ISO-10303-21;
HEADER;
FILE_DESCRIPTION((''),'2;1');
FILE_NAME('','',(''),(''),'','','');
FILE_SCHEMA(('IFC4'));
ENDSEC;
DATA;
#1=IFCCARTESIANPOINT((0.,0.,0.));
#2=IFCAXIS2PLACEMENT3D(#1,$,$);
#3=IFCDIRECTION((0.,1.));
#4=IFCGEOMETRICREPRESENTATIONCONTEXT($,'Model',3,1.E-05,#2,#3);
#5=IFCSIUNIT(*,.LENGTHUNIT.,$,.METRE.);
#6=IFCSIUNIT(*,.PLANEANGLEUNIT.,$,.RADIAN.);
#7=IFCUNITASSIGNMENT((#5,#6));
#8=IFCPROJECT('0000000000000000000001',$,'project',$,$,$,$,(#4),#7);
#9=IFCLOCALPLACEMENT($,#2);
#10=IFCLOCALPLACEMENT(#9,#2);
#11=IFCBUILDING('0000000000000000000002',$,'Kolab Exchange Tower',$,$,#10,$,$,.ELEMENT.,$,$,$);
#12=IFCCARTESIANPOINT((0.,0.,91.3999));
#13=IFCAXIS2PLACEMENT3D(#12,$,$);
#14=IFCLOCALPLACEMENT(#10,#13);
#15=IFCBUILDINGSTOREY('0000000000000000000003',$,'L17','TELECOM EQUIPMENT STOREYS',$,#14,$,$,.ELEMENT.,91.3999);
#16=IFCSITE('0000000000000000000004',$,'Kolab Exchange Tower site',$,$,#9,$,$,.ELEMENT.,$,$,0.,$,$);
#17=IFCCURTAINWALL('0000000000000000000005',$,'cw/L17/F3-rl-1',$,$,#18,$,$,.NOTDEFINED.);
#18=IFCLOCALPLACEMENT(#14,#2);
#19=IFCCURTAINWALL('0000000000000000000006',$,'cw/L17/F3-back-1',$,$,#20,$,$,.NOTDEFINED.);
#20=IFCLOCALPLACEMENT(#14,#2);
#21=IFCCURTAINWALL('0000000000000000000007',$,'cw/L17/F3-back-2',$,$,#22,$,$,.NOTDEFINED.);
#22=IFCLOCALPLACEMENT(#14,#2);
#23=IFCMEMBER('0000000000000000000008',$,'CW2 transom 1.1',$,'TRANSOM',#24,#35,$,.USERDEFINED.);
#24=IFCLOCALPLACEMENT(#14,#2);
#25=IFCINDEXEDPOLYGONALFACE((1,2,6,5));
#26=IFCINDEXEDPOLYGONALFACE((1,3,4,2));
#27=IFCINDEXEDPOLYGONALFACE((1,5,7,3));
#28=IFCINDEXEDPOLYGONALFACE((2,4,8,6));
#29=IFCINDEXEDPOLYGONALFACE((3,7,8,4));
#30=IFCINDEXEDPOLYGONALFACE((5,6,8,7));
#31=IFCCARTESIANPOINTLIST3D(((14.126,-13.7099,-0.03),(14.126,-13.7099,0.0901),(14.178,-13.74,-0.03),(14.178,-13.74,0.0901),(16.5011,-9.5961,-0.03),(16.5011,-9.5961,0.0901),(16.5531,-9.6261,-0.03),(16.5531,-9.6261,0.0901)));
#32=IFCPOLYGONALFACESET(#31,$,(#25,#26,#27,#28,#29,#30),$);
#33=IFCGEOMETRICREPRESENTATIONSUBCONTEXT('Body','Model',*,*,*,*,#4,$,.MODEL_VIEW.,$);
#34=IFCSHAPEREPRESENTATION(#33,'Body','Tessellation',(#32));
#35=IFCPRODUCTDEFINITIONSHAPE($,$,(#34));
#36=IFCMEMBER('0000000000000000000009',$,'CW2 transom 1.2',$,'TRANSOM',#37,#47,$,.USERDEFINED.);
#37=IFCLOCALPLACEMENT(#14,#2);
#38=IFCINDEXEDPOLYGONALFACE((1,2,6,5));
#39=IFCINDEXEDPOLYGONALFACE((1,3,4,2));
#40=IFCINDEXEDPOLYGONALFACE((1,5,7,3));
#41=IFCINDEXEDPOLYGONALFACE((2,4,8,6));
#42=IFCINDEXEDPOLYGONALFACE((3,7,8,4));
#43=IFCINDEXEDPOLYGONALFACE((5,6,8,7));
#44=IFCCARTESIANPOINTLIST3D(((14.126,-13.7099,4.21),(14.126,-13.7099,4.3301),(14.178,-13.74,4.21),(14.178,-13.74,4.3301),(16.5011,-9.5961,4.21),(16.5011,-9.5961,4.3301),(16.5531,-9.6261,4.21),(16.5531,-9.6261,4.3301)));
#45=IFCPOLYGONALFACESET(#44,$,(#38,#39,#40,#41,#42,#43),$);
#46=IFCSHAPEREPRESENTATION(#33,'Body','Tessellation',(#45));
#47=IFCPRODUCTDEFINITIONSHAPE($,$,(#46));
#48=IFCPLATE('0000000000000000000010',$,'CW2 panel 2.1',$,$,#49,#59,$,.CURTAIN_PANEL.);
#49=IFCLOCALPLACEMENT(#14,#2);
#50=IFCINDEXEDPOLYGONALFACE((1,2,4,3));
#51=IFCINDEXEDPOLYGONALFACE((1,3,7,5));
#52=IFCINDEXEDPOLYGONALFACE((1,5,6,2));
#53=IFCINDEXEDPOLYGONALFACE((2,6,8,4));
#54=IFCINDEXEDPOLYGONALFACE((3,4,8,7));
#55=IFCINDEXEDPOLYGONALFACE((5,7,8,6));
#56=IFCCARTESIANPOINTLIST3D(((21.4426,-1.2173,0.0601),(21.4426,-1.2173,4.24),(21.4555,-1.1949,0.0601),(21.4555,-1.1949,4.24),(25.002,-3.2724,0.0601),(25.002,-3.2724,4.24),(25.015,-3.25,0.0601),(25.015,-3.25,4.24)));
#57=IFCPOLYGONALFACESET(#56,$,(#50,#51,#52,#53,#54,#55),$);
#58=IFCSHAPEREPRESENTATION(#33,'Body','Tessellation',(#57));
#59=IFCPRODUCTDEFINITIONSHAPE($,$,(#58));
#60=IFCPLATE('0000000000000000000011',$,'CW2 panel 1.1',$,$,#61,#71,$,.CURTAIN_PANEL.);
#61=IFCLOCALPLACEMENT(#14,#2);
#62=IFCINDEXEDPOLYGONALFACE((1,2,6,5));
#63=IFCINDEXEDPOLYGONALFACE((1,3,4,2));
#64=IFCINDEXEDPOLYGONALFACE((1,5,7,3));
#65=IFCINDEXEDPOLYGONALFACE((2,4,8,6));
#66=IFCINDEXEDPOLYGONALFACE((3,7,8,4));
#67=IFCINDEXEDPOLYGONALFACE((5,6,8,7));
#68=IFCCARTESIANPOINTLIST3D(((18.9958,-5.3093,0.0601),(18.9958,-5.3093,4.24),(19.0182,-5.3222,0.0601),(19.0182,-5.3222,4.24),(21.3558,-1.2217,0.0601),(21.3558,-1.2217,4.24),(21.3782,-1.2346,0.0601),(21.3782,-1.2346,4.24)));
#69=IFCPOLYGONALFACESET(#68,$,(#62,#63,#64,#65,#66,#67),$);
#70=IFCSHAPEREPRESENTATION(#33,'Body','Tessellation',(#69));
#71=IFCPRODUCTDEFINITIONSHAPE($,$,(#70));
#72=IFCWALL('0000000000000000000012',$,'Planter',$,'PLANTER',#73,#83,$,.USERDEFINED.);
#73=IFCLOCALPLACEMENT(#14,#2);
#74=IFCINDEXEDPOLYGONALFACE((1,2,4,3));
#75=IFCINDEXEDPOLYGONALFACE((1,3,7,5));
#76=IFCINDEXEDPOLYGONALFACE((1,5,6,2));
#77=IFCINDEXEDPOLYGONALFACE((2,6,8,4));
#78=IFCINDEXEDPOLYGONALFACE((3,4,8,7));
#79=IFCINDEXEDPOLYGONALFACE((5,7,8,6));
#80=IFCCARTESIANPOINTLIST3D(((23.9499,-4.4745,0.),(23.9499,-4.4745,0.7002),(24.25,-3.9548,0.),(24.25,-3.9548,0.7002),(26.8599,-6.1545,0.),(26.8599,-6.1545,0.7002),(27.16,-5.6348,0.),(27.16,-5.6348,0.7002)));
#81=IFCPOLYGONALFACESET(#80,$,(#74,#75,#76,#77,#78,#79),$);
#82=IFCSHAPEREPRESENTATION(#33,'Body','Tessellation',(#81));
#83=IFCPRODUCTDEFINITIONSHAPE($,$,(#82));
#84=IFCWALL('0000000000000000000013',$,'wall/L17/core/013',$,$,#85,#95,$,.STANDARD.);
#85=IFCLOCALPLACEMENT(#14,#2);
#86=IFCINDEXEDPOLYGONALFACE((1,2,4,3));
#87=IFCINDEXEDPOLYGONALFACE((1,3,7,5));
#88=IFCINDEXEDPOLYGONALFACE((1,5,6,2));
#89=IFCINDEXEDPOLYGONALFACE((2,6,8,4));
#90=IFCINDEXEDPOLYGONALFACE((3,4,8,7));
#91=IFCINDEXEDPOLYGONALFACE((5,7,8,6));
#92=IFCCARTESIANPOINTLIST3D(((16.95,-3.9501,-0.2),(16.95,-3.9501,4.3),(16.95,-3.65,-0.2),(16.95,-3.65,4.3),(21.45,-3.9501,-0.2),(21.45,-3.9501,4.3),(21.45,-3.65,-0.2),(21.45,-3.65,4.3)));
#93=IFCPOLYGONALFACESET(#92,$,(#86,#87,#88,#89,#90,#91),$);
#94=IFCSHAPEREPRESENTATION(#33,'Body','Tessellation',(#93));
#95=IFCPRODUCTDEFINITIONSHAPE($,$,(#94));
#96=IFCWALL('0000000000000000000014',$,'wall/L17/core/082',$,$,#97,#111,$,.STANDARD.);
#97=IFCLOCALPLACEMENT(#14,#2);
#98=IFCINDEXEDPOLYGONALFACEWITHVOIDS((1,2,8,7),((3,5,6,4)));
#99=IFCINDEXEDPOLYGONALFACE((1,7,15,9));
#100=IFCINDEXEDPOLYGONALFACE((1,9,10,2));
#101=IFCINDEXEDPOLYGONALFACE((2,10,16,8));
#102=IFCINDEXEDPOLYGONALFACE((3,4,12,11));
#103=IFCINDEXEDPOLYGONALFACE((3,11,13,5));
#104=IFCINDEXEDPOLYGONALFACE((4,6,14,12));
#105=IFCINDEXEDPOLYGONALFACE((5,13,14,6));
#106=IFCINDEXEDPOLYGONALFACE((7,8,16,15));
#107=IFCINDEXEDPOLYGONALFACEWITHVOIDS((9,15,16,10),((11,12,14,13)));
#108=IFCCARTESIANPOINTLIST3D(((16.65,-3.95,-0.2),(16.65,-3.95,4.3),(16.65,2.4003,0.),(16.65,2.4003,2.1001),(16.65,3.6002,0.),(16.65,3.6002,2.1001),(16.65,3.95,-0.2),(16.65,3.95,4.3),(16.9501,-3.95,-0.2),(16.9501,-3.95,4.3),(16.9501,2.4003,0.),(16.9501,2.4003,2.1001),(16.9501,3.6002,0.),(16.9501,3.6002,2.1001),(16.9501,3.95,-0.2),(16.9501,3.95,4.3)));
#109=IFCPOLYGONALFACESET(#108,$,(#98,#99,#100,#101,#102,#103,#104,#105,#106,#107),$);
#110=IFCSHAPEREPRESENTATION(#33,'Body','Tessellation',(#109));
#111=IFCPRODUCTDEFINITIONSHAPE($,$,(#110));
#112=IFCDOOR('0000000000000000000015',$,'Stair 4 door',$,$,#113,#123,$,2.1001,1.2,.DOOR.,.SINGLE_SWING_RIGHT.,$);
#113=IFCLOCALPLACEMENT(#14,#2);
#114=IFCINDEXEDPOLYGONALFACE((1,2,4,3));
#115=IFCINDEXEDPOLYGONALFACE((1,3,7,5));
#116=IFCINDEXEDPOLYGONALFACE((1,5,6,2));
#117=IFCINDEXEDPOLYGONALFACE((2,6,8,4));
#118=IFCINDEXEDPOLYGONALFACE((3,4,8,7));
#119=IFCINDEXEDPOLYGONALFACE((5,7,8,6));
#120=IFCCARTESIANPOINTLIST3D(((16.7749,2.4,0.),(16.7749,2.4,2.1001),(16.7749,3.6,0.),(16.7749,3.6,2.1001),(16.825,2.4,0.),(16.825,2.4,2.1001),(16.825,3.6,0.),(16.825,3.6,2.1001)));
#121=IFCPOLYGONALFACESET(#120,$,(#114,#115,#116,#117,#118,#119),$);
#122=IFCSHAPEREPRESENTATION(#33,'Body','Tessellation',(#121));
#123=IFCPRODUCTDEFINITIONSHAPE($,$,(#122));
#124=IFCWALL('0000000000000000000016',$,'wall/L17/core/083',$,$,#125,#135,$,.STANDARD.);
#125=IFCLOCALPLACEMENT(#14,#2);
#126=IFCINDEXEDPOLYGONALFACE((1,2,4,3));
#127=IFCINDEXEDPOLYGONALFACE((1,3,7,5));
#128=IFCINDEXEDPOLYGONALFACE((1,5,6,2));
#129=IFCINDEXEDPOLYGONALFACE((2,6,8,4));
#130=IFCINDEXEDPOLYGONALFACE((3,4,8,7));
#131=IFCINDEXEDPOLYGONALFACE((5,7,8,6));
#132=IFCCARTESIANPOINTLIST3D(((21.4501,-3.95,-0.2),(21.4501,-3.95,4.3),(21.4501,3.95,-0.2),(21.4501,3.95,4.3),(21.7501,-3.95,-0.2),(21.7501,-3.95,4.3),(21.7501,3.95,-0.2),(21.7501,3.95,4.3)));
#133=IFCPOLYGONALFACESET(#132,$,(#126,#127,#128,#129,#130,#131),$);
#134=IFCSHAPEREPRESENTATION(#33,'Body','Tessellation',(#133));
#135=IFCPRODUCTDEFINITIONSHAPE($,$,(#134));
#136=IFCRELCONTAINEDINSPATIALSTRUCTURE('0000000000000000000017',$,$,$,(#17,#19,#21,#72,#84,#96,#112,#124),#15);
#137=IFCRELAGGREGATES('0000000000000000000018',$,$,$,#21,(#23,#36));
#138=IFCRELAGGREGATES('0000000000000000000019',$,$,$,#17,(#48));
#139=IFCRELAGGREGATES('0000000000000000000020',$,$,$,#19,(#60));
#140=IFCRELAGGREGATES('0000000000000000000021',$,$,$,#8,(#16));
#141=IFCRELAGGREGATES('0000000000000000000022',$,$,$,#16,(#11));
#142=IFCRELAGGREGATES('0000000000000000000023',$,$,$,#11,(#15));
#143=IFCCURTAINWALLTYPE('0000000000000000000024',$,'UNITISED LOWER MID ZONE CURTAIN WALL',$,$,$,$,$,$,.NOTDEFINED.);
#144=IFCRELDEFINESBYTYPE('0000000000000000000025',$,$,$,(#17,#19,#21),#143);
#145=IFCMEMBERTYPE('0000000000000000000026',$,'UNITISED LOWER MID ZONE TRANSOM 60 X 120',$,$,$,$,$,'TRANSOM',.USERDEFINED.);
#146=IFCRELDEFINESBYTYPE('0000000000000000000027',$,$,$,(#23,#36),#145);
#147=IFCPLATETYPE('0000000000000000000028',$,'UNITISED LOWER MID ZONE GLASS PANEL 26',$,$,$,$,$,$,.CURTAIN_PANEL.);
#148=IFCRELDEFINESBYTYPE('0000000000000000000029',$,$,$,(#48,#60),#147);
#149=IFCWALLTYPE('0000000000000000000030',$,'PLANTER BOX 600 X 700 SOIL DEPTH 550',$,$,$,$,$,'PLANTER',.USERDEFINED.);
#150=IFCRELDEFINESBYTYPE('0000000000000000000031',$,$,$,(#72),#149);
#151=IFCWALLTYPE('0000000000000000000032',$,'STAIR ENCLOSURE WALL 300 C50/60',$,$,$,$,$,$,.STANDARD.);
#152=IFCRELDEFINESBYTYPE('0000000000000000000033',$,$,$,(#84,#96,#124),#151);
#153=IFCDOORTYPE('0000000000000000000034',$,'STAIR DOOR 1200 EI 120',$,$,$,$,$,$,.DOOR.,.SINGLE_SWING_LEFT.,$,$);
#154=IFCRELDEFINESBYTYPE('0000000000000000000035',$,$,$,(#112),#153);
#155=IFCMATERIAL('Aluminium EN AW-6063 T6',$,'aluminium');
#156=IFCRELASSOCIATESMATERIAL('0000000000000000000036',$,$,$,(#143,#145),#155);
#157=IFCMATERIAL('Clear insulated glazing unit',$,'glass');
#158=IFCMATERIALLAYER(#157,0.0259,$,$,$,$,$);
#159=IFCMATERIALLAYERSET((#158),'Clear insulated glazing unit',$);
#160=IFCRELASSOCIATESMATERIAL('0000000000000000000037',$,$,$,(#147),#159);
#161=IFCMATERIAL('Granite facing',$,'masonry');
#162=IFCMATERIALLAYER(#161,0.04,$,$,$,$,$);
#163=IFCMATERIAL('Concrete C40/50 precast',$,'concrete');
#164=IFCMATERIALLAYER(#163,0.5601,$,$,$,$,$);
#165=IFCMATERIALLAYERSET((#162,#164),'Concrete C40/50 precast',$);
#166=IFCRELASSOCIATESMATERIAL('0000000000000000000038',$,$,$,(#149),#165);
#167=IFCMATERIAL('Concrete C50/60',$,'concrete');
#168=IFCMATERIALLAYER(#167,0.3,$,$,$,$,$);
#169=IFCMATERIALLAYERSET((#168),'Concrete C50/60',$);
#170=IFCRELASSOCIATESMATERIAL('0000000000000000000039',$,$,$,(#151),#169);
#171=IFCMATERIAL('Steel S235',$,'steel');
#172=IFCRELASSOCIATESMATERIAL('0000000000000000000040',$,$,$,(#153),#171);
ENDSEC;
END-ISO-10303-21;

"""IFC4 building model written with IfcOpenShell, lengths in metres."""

from ifc_helpers import new_model, si_unit, direction, frame, frame_2d, origin, origin_2d, place, context, subcontext, project, spatial, rectangle, extrude, material, layer, layer_set, material_profile, profile_set, type_object, element, fill, aggregate, save


model = new_model("IFC4")

# Units and contexts
model_context = context("Model", 3, precision=1e-05, world=origin(), true_north=direction((0.0, 1.0)))
body_context = subcontext(model_context, "Body", "Model", "MODEL_VIEW")
ifc_project = project(units=[si_unit("LENGTHUNIT", "METRE"), si_unit("PLANEANGLEUNIT", "RADIAN")], contexts=[model_context])

# Site, building, storey
site_placement = place(None, origin())
site = spatial("IfcSite", under=ifc_project, at=site_placement, Name="Kolab Exchange Tower site", CompositionType="ELEMENT", RefElevation=0.0)
building_placement = place(site_placement, origin())
building = spatial("IfcBuilding", under=site, at=building_placement, Name="Kolab Exchange Tower", CompositionType="ELEMENT")
storey_placement = place(building_placement, frame((0.0, 0.0, 91.3999)))
storey = spatial("IfcBuildingStorey", under=building, at=storey_placement, Name="L17", Description="TELECOM EQUIPMENT STOREYS", CompositionType="ELEMENT", Elevation=91.3999)

# Curtain wall
ifc_material_1 = material(Name="Aluminium EN AW-6063 T6", Category="aluminium")
curtain_wall_type = type_object("IfcCurtainWallType", Name="UNITISED LOWER MID ZONE CURTAIN WALL", PredefinedType="NOTDEFINED", material=ifc_material_1)
curtain_wall_1_placement = place(storey_placement, origin())
curtain_wall_1 = element("IfcCurtainWall", 1, at=curtain_wall_1_placement, inside=storey, type_object=curtain_wall_type, Name="cw/L17/F3-rl-1", PredefinedType="NOTDEFINED")

# Curtain wall
curtain_wall_2_placement = place(storey_placement, origin())
curtain_wall_2 = element("IfcCurtainWall", 2, at=curtain_wall_2_placement, inside=storey, type_object=curtain_wall_type, Name="cw/L17/F3-back-1", PredefinedType="NOTDEFINED")

# Curtain wall
curtain_wall_3_placement = place(storey_placement, origin())
curtain_wall_3 = element("IfcCurtainWall", 3, at=curtain_wall_3_placement, inside=storey, type_object=curtain_wall_type, Name="cw/L17/F3-back-2", PredefinedType="NOTDEFINED")

# Members
ifc_material_profile_1 = material_profile(ifc_material_1, rectangle(XDim=0.0601, YDim=0.1201, at=origin_2d()), Name="RECT 60X120")
ifc_profile_set_1 = profile_set([ifc_material_profile_1], Name="Aluminium EN AW-6063 T6")
member_type_1 = type_object("IfcMemberType", Name="UNITISED LOWER MID ZONE TRANSOM 60 X 120", ElementType="TRANSOM", PredefinedType="USERDEFINED", material=ifc_profile_set_1)
member_1_placement = place(storey_placement, frame((16.5271, -9.6111, 0.03), z_axis=(-0.499986, -0.866033, 0.0), x_axis=(0.866033, -0.499986, 0.0)))
member_1 = element("IfcMember", 4, at=member_1_placement, type_object=member_type_1, Name="CW2 transom 1.1", ObjectType="TRANSOM", PredefinedType="USERDEFINED", context=body_context, shape_type="SweptSolid", body=[
    extrude(rectangle(XDim=0.0601, YDim=0.1201, at=origin_2d()), origin(), (0.0, 0.0, 1.0), 4.7502),
])
member_2_placement = place(storey_placement, frame((16.5271, -9.6111, 4.27), z_axis=(-0.499986, -0.866033, 0.0), x_axis=(0.866033, -0.499986, 0.0)))
member_2 = element("IfcMember", 5, at=member_2_placement, type_object=member_type_1, Name="CW2 transom 1.2", ObjectType="TRANSOM", PredefinedType="USERDEFINED", context=body_context, shape_type="SweptSolid", body=[
    extrude(rectangle(XDim=0.0601, YDim=0.1201, at=origin_2d()), origin(), (0.0, 0.0, 1.0), 4.7502),
])
aggregate(curtain_wall_3, [member_1, member_2])

# Plates
ifc_material_2 = material(Name="Clear insulated glazing unit", Category="glass")
ifc_layer_1 = layer(ifc_material_2, 0.0259)
ifc_layer_set_1 = layer_set([ifc_layer_1], Name="Clear insulated glazing unit")
plate_type = type_object("IfcPlateType", Name="UNITISED LOWER MID ZONE GLASS PANEL 26", PredefinedType="CURTAIN_PANEL", material=ifc_layer_set_1)
plate_1_placement = place(storey_placement, frame((23.2288, -2.2336, 0.0601), z_axis=(0.0, 0.0, 1.0), x_axis=(-0.866025, 0.5, 0.0)))
plate_1 = element("IfcPlate", 6, at=plate_1_placement, type_object=plate_type, Name="CW2 panel 2.1", PredefinedType="CURTAIN_PANEL", context=body_context, shape_type="SweptSolid", body=[
    extrude(rectangle(XDim=4.1101, YDim=0.0259, at=origin_2d()), origin(), (0.0, 0.0, 1.0), 4.1799),
])
aggregate(curtain_wall_1, [plate_1])
plate_2_placement = place(storey_placement, frame((20.187, -3.272, 0.0601), z_axis=(0.0, 0.0, 1.0), x_axis=(-0.5, -0.866025, 0.0)))
plate_2 = element("IfcPlate", 7, at=plate_2_placement, type_object=plate_type, Name="CW2 panel 1.1", PredefinedType="CURTAIN_PANEL", context=body_context, shape_type="SweptSolid", body=[
    extrude(rectangle(XDim=4.72, YDim=0.0259, at=origin_2d()), origin(), (0.0, 0.0, 1.0), 4.1799),
])
aggregate(curtain_wall_2, [plate_2])

# Walls
ifc_material_3 = material(Name="Granite facing", Category="masonry")
ifc_layer_2 = layer(ifc_material_3, 0.04)
ifc_material_4 = material(Name="Concrete C40/50 precast", Category="concrete")
ifc_layer_3 = layer(ifc_material_4, 0.5601)
ifc_layer_set_2 = layer_set([ifc_layer_2, ifc_layer_3], Name="Concrete C40/50 precast")
wall_type_1 = type_object("IfcWallType", Name="PLANTER BOX 600 X 700 SOIL DEPTH 550", ElementType="PLANTER", PredefinedType="USERDEFINED", material=ifc_layer_set_2)
wall_1_placement = place(storey_placement, frame((24.0999, -4.2146, 0.0), z_axis=(0.0, 0.0, 1.0), x_axis=(0.866039, -0.499976, 0.0)))
element("IfcWall", 8, at=wall_1_placement, inside=storey, type_object=wall_type_1, Name="Planter", ObjectType="PLANTER", PredefinedType="USERDEFINED", context=body_context, shape_type="SweptSolid", body=[
    extrude(rectangle(XDim=3.3601, YDim=0.6001, at=frame_2d((1.6802, 0.0))), origin(), (0.0, 0.0, 1.0), 0.7002),
])
ifc_material_5 = material(Name="Concrete C50/60", Category="concrete")
ifc_layer_4 = layer(ifc_material_5, 0.3)
ifc_layer_set_3 = layer_set([ifc_layer_4], Name="Concrete C50/60")
wall_type_2 = type_object("IfcWallType", Name="STAIR ENCLOSURE WALL 300 C50/60", PredefinedType="STANDARD", material=ifc_layer_set_3)
wall_2_placement = place(storey_placement, frame((16.95, -3.8, -0.2), z_axis=(0.0, 0.0, 1.0), x_axis=(1.0, 0.0, 0.0)))
element("IfcWall", 9, at=wall_2_placement, inside=storey, type_object=wall_type_2, Name="wall/L17/core/013", PredefinedType="STANDARD", context=body_context, shape_type="SweptSolid", body=[
    extrude(rectangle(XDim=4.5, YDim=0.3, at=frame_2d((2.25, 0.0))), origin(), (0.0, 0.0, 1.0), 4.5),
])

# Wall, opening, door
wall_3_placement = place(storey_placement, frame((16.8, -3.95, -0.2), z_axis=(0.0, 0.0, 1.0), x_axis=(0.0, 1.0, 0.0)))
wall_3 = element("IfcWall", 10, at=wall_3_placement, inside=storey, type_object=wall_type_2, Name="wall/L17/core/082", PredefinedType="STANDARD", context=body_context, shape_type="SweptSolid", body=[
    extrude(rectangle(XDim=7.8999, YDim=0.3, at=frame_2d((3.95, 0.0))), origin(), (0.0, 0.0, 1.0), 4.5),
])
opening_1_placement = place(wall_3_placement, frame((6.3501, 0.0, 0.2)))
opening_1 = element("IfcOpeningElement", 11, at=opening_1_placement, cuts=wall_3, PredefinedType="OPENING", context=body_context, shape_type="SweptSolid", body=[
    extrude(rectangle(XDim=1.2, YDim=2.1001, at=frame_2d((0.6001, 1.05))), frame((0.0, 0.1602, 0.0), z_axis=(0.0, -1.0, 0.0), x_axis=(1.0, 0.0, 0.0)), (0.0, 0.0, 1.0), 0.3201),
])
ifc_material_6 = material(Name="Steel S235", Category="steel")
door_type_1 = type_object("IfcDoorType", Name="STAIR DOOR 1200 EI 120", OperationType="SINGLE_SWING_LEFT", PredefinedType="DOOR", material=ifc_material_6)
door_1_placement = place(opening_1_placement, frame((1.2, 0.0, 0.0), z_axis=(0.0, 0.0, 1.0), x_axis=(-1.0, 0.0, 0.0)))
door_1 = element("IfcDoor", 12, at=door_1_placement, inside=storey, type_object=door_type_1, Name="Stair 4 door", OperationType="SINGLE_SWING_RIGHT", OverallHeight=2.1001, OverallWidth=1.2, PredefinedType="DOOR", context=body_context, shape_type="SweptSolid", body=[
    extrude(rectangle(XDim=1.2, YDim=2.1001, at=frame_2d((0.6001, 1.05))), frame((0.0, 0.0249, 0.0), z_axis=(0.0, -1.0, 0.0), x_axis=(1.0, 0.0, 0.0)), (0.0, 0.0, 1.0), 0.05),
])
fill(opening_1, door_1)

# Wall
wall_4_placement = place(storey_placement, frame((21.6001, -3.95, -0.2), z_axis=(0.0, 0.0, 1.0), x_axis=(0.0, 1.0, 0.0)))
element("IfcWall", 13, at=wall_4_placement, inside=storey, type_object=wall_type_2, Name="wall/L17/core/083", PredefinedType="STANDARD", context=body_context, shape_type="SweptSolid", body=[
    extrude(rectangle(XDim=7.8999, YDim=0.3, at=frame_2d((3.95, 0.0))), origin(), (0.0, 0.0, 1.0), 4.5),
])

save(model, "model.ifc")
